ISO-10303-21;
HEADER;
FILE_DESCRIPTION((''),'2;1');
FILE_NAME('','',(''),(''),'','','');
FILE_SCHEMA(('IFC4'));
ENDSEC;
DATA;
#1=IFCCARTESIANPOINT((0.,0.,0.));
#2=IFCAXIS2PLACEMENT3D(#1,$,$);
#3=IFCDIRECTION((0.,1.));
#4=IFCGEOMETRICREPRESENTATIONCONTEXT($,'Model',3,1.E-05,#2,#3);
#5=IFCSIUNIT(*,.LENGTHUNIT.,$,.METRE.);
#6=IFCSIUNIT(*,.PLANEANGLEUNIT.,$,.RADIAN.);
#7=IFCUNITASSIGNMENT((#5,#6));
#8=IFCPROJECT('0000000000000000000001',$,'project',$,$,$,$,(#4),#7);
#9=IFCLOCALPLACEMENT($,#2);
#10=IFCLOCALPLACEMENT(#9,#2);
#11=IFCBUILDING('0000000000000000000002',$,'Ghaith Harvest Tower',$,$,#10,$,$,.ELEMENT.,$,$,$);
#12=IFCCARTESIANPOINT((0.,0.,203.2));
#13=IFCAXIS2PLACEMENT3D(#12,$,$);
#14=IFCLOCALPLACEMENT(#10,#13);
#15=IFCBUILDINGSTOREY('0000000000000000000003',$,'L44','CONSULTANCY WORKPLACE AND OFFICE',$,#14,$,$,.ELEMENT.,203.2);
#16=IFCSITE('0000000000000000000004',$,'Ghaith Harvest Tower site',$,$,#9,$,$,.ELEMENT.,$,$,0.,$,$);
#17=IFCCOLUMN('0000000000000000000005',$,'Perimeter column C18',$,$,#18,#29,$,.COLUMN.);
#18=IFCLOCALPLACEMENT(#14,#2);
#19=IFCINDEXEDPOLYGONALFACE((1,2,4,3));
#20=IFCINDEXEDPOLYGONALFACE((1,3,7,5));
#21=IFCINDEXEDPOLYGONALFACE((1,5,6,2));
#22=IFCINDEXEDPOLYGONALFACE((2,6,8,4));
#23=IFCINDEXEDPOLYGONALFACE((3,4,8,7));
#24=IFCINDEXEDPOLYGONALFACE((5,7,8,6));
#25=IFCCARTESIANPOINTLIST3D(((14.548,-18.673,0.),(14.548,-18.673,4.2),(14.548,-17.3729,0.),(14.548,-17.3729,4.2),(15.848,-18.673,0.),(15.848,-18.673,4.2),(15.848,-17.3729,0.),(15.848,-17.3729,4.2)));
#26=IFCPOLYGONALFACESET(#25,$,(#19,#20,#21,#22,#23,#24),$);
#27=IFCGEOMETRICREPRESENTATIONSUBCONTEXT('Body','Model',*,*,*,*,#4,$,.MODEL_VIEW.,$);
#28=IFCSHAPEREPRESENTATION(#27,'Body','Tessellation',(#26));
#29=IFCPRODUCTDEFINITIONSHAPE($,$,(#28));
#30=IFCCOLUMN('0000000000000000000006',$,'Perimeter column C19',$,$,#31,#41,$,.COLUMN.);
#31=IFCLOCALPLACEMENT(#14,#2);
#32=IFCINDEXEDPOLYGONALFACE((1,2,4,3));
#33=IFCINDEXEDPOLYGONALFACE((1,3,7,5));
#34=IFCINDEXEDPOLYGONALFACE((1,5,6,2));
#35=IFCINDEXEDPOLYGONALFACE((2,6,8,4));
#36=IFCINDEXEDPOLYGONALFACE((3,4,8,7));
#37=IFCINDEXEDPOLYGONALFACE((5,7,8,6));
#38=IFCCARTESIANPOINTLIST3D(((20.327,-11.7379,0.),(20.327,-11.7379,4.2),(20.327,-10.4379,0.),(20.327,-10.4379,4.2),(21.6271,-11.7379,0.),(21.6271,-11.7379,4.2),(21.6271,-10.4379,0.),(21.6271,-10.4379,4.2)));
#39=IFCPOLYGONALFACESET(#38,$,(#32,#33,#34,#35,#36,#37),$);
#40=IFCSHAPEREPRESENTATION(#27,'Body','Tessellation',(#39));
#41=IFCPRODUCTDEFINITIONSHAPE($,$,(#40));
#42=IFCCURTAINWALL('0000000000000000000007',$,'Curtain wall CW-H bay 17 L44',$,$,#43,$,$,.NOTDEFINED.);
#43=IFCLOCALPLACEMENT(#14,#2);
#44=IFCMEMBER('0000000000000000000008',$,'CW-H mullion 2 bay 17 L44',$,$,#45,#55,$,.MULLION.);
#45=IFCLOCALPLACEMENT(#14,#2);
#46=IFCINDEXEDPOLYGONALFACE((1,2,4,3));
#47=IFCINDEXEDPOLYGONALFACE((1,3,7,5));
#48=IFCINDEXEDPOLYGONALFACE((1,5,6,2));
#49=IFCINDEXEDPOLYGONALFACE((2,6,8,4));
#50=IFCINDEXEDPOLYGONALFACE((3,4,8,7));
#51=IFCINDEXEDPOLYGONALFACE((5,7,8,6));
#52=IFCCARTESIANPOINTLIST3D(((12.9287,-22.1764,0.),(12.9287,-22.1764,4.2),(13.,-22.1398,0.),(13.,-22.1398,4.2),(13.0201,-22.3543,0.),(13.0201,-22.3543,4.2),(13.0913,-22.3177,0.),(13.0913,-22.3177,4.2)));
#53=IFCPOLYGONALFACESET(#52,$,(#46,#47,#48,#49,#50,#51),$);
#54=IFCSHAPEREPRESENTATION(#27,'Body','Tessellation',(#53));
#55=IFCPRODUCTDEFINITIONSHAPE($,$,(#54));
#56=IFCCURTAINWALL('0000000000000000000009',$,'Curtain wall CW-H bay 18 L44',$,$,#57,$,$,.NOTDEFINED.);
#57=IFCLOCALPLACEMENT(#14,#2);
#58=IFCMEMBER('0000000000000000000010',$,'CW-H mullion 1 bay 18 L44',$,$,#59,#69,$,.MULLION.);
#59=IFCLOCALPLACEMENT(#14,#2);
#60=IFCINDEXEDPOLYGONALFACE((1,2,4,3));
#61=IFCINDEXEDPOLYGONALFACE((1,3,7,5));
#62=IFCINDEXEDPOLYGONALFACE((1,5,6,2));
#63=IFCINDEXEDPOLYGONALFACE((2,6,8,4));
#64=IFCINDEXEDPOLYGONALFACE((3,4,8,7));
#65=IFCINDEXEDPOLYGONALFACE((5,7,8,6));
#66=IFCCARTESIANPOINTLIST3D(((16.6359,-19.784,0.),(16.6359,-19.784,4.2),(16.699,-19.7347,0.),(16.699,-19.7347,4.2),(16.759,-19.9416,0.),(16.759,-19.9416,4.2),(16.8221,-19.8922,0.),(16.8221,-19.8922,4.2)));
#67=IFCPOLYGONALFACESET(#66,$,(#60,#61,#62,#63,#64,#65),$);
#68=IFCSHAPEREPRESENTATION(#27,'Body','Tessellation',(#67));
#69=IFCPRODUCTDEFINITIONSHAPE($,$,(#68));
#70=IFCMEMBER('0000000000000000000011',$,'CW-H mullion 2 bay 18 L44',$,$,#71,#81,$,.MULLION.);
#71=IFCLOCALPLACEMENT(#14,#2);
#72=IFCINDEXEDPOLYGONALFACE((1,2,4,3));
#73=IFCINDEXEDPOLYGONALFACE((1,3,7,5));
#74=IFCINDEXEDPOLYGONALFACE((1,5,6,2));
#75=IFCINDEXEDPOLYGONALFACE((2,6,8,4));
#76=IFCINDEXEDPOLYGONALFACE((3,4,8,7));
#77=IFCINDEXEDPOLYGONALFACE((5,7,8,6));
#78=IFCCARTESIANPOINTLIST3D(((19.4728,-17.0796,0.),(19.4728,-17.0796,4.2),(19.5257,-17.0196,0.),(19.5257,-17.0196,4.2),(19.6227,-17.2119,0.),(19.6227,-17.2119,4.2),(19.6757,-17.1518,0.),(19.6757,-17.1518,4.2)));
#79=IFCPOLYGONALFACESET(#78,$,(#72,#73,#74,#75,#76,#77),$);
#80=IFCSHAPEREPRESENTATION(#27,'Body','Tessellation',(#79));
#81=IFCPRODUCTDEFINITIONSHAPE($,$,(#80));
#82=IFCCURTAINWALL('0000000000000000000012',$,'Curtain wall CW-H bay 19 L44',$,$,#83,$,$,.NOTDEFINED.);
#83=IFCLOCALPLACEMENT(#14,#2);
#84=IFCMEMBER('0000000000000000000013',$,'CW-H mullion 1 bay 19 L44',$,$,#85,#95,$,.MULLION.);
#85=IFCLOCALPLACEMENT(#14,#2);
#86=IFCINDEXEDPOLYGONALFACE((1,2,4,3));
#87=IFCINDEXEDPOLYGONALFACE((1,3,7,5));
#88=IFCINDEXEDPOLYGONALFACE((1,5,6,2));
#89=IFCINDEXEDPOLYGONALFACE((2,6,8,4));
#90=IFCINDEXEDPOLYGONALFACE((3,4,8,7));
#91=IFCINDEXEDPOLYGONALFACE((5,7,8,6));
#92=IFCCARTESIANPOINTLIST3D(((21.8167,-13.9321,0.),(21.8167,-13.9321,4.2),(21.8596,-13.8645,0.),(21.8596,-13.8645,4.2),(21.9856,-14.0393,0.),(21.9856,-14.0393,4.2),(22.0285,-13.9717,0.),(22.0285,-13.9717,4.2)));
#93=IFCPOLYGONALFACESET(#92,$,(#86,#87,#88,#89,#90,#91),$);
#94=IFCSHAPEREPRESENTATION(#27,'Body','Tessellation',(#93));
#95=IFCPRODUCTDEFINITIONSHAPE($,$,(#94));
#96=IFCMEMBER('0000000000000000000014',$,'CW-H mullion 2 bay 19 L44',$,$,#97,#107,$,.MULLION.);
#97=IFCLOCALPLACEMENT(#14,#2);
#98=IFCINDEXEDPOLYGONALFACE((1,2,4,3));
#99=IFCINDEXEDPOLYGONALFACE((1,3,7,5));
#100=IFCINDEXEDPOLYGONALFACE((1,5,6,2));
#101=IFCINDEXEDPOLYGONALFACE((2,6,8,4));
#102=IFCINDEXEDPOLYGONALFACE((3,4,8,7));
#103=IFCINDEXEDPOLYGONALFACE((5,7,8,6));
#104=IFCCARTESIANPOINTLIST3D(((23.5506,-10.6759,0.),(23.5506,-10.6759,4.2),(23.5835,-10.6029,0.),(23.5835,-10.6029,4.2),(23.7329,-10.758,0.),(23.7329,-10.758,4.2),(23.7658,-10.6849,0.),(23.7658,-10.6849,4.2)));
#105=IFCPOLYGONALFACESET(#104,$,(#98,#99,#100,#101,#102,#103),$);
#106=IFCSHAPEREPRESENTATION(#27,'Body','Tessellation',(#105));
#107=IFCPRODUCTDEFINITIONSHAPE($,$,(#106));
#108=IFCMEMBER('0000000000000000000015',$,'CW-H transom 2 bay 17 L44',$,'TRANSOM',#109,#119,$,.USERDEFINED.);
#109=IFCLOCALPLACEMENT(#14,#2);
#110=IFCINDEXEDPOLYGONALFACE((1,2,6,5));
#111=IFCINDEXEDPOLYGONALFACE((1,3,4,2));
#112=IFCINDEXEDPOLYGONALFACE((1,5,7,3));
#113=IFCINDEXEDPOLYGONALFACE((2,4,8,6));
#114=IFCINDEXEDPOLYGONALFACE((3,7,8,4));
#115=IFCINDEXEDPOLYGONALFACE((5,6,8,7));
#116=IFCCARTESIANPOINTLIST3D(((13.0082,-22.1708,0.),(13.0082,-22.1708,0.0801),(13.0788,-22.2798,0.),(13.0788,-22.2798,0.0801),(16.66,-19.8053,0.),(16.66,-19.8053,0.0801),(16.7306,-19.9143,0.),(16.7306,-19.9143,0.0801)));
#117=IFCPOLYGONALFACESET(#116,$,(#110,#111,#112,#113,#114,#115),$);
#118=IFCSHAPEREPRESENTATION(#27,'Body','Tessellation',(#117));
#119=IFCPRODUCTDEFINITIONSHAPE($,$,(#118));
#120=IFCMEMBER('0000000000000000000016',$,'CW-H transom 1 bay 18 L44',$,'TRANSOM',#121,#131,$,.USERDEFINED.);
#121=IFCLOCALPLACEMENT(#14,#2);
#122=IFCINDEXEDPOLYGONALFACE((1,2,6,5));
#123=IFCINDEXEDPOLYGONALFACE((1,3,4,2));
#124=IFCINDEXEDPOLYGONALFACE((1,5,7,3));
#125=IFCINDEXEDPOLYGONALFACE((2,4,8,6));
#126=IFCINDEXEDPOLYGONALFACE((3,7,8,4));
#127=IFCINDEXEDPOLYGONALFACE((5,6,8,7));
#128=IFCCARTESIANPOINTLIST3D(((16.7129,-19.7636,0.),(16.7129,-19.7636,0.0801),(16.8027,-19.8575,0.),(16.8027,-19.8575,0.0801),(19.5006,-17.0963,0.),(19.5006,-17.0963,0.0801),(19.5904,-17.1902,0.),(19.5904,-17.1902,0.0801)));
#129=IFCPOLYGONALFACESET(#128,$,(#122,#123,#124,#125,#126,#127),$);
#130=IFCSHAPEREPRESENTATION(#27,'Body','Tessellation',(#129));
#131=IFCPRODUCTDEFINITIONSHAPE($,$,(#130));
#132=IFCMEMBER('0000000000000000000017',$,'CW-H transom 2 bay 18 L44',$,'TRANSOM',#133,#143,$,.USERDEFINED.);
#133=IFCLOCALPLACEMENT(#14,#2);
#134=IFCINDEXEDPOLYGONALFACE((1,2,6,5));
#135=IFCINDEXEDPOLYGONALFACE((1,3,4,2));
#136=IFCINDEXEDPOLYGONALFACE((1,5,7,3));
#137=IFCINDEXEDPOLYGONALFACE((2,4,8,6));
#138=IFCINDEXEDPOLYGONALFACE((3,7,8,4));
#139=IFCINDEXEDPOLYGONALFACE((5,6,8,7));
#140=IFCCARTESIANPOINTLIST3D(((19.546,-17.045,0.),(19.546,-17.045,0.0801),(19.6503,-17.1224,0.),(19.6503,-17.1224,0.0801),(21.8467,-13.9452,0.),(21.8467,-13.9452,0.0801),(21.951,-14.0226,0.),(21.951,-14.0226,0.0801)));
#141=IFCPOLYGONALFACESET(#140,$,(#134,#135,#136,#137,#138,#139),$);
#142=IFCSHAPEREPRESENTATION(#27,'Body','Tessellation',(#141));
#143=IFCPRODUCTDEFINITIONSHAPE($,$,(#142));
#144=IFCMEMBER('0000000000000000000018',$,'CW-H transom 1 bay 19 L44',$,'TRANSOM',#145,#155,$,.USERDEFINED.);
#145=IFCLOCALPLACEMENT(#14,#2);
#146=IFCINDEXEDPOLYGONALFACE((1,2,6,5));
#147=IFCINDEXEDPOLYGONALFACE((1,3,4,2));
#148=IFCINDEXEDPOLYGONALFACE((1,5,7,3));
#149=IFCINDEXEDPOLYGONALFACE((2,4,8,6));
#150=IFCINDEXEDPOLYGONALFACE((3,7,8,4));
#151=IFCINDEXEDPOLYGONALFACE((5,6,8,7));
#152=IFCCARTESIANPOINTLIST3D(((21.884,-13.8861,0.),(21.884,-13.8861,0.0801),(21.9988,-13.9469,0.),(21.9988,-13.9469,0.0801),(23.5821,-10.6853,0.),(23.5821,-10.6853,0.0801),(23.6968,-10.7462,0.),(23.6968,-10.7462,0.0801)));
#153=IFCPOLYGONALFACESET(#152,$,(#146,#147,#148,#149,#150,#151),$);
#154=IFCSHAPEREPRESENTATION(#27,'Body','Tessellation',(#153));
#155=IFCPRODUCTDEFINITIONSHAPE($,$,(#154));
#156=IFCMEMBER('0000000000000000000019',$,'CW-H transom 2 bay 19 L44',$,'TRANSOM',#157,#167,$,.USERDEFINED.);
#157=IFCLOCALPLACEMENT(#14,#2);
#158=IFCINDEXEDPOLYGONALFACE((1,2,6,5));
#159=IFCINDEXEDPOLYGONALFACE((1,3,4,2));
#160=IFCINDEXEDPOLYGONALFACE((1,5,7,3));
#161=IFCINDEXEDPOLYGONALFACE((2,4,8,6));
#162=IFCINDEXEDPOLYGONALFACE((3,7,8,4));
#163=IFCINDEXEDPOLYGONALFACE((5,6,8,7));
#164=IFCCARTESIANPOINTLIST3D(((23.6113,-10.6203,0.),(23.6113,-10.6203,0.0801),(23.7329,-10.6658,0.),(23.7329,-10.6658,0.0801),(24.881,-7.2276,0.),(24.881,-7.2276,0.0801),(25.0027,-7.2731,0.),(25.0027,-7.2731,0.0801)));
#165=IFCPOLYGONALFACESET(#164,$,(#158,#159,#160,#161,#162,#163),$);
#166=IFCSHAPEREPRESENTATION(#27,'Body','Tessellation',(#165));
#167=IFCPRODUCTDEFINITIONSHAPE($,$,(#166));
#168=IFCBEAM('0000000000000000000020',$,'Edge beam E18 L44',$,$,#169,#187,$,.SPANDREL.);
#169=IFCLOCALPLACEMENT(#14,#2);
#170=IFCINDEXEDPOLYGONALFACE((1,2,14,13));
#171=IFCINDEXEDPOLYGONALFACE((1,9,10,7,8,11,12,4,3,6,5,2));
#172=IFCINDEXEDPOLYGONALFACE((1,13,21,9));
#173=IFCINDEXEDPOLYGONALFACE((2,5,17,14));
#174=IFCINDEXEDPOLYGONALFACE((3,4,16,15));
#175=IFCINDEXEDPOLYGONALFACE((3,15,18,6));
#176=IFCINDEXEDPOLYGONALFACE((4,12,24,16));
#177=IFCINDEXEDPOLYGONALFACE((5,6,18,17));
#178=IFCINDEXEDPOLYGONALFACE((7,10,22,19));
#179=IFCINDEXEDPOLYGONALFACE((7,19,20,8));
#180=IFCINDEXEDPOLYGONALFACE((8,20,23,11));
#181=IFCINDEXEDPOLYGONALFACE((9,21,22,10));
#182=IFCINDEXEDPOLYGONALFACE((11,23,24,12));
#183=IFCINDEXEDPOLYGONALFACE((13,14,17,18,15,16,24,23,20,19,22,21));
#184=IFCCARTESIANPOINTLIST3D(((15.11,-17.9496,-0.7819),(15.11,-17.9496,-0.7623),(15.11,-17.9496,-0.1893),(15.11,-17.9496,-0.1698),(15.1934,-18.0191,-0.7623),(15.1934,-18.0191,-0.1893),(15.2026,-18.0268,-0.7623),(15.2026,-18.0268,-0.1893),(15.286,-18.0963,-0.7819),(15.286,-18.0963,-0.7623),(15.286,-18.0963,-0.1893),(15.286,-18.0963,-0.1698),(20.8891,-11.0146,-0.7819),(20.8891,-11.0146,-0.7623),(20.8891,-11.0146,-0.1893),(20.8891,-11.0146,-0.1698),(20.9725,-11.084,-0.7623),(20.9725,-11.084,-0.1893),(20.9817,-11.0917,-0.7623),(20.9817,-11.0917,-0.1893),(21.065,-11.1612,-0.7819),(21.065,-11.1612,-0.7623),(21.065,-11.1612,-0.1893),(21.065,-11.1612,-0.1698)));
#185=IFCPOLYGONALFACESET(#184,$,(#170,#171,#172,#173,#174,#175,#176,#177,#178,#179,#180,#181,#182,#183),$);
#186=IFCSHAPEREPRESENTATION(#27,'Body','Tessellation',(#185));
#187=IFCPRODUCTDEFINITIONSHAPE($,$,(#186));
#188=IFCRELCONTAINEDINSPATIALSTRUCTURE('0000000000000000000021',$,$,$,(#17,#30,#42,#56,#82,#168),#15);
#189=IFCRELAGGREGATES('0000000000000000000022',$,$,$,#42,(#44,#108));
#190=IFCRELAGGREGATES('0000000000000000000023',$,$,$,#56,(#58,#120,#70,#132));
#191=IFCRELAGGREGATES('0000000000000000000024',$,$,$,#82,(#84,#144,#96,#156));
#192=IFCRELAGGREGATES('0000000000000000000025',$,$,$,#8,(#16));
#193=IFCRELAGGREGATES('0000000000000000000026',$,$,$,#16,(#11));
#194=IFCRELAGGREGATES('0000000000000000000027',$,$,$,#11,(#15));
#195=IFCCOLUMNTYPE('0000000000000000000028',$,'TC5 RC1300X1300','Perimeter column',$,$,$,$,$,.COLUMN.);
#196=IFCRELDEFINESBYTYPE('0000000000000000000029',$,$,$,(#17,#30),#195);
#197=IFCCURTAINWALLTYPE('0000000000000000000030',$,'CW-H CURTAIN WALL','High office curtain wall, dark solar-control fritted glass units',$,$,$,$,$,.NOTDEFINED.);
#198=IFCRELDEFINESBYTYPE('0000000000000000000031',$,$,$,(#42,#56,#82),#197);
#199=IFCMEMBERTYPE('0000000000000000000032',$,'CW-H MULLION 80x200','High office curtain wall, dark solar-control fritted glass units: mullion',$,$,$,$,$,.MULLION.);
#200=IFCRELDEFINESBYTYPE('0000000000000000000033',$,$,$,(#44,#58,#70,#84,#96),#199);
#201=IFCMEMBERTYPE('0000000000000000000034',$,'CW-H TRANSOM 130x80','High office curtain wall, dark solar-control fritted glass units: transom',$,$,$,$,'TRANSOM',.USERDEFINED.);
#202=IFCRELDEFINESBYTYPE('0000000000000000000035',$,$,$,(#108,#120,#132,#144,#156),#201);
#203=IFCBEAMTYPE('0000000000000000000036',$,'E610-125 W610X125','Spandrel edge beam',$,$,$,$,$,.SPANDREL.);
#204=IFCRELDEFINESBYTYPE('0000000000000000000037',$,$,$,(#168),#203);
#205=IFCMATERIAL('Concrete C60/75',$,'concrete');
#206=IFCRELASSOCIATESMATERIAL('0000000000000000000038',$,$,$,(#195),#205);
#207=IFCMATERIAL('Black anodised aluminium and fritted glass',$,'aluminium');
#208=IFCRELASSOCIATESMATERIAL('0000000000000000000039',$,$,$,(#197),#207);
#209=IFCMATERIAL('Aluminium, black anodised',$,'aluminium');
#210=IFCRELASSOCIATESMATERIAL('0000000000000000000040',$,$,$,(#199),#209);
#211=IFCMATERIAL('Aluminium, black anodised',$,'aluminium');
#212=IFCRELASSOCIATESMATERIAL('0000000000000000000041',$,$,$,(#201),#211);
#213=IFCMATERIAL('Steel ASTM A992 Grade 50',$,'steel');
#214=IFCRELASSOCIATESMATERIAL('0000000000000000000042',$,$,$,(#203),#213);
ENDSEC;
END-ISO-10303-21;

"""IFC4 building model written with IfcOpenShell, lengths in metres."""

from ifc_helpers import new_model, si_unit, direction, frame, origin, origin_2d, place, context, subcontext, project, spatial, rectangle, i_section, extrude, material, material_profile, profile_set, type_object, element, aggregate, save


model = new_model("IFC4")

# Units and contexts
model_context = context("Model", 3, precision=1e-05, world=origin(), true_north=direction((0.0, 1.0)))
body_context = subcontext(model_context, "Body", "Model", "MODEL_VIEW")
ifc_project = project(units=[si_unit("LENGTHUNIT", "METRE"), si_unit("PLANEANGLEUNIT", "RADIAN")], contexts=[model_context])

# Site, building, storey
site_placement = place(None, origin())
site = spatial("IfcSite", under=ifc_project, at=site_placement, Name="Ghaith Harvest Tower site", CompositionType="ELEMENT", RefElevation=0.0)
building_placement = place(site_placement, origin())
building = spatial("IfcBuilding", under=site, at=building_placement, Name="Ghaith Harvest Tower", CompositionType="ELEMENT")
storey_placement = place(building_placement, frame((0.0, 0.0, 203.2)))
storey = spatial("IfcBuildingStorey", under=building, at=storey_placement, Name="L44", Description="CONSULTANCY WORKPLACE AND OFFICE", CompositionType="ELEMENT", Elevation=203.2)

# Columns
ifc_material_1 = material(Name="Concrete C60/75", Category="concrete")
ifc_material_profile_1 = material_profile(ifc_material_1, rectangle(XDim=1.3, YDim=1.3, at=origin_2d()), Name="RC1300X1300")
ifc_profile_set_1 = profile_set([ifc_material_profile_1], Name="Concrete C60/75")
column_type = type_object("IfcColumnType", Name="TC5 RC1300X1300", Description="Perimeter column", PredefinedType="COLUMN", material=ifc_profile_set_1)
for number, where, z_axis, x_axis, name in (
    (1, (15.198, -18.0229, 0.0), (0.0, 0.0, 1.0), (1.0, 0.0, 0.0), "Perimeter column C18"),
    (2, (20.9771, -11.0879, 0.0), (0.0, 0.0, 1.0), (1.0, 0.0, 0.0), "Perimeter column C19"),
):
    element("IfcColumn", number, at=place(storey_placement, frame(where, z_axis=z_axis, x_axis=x_axis)), inside=storey, type_object=column_type, Name=name, PredefinedType="COLUMN", context=body_context, shape_type="SweptSolid", body=[
        extrude(rectangle(XDim=1.3, YDim=1.3, at=origin_2d()), origin(), (0.0, 0.0, 1.0), 4.2),
    ])

# Curtain wall, member
ifc_material_2 = material(Name="Black anodised aluminium and fritted glass", Category="aluminium")
curtain_wall_type = type_object("IfcCurtainWallType", Name="CW-H CURTAIN WALL", Description="High office curtain wall, dark solar-control fritted glass units", PredefinedType="NOTDEFINED", material=ifc_material_2)
curtain_wall_1_placement = place(storey_placement, origin())
curtain_wall_1 = element("IfcCurtainWall", 3, at=curtain_wall_1_placement, inside=storey, type_object=curtain_wall_type, Name="Curtain wall CW-H bay 17 L44", PredefinedType="NOTDEFINED")
ifc_material_3 = material(Name="Aluminium, black anodised", Category="aluminium")
ifc_material_profile_2 = material_profile(ifc_material_3, rectangle(XDim=0.0801, YDim=0.2, at=origin_2d()), Name="CW-H MULLION 80x200")
ifc_profile_set_2 = profile_set([ifc_material_profile_2], Name="Aluminium, black anodised")
member_type_1 = type_object("IfcMemberType", Name="CW-H MULLION 80x200", Description="High office curtain wall, dark solar-control fritted glass units: mullion", PredefinedType="MULLION", material=ifc_profile_set_2)
member_1_placement = place(storey_placement, frame((13.01, -22.2471, 0.0), z_axis=(0.0, 0.0, 1.0), x_axis=(0.889568, 0.456802, 0.0)))
member_1 = element("IfcMember", 4, at=member_1_placement, type_object=member_type_1, Name="CW-H mullion 2 bay 17 L44", PredefinedType="MULLION", context=body_context, shape_type="SweptSolid", body=[
    extrude(rectangle(XDim=0.0801, YDim=0.2, at=origin_2d()), origin(), (0.0, 0.0, 1.0), 4.2),
])

# Curtain walls, members
curtain_wall_2_placement = place(storey_placement, origin())
curtain_wall_2 = element("IfcCurtainWall", 5, at=curtain_wall_2_placement, inside=storey, type_object=curtain_wall_type, Name="Curtain wall CW-H bay 18 L44", PredefinedType="NOTDEFINED")
member_2_placement = place(storey_placement, frame((16.729, -19.8381, 0.0), z_axis=(0.0, 0.0, 1.0), x_axis=(0.787846, 0.615873, 0.0)))
member_2 = element("IfcMember", 6, at=member_2_placement, type_object=member_type_1, Name="CW-H mullion 1 bay 18 L44", PredefinedType="MULLION", context=body_context, shape_type="SweptSolid", body=[
    extrude(rectangle(XDim=0.0801, YDim=0.2, at=origin_2d()), origin(), (0.0, 0.0, 1.0), 4.2),
])
member_3_placement = place(storey_placement, frame((19.5742, -17.1157, 0.0), z_axis=(0.0, 0.0, 1.0), x_axis=(0.661615, 0.749844, 0.0)))
member_3 = element("IfcMember", 7, at=member_3_placement, type_object=member_type_1, Name="CW-H mullion 2 bay 18 L44", PredefinedType="MULLION", context=body_context, shape_type="SweptSolid", body=[
    extrude(rectangle(XDim=0.0801, YDim=0.2, at=origin_2d()), origin(), (0.0, 0.0, 1.0), 4.2),
])
curtain_wall_3_placement = place(storey_placement, origin())
curtain_wall_3 = element("IfcCurtainWall", 8, at=curtain_wall_3_placement, inside=storey, type_object=curtain_wall_type, Name="Curtain wall CW-H bay 19 L44", PredefinedType="NOTDEFINED")
member_4_placement = place(storey_placement, frame((21.9226, -13.9519, 0.0), z_axis=(0.0, 0.0, 1.0), x_axis=(0.535827, 0.844328, 0.0)))
member_4 = element("IfcMember", 9, at=member_4_placement, type_object=member_type_1, Name="CW-H mullion 1 bay 19 L44", PredefinedType="MULLION", context=body_context, shape_type="SweptSolid", body=[
    extrude(rectangle(XDim=0.0801, YDim=0.2, at=origin_2d()), origin(), (0.0, 0.0, 1.0), 4.2),
])
member_5_placement = place(storey_placement, frame((23.6582, -10.6804, 0.0), z_axis=(0.0, 0.0, 1.0), x_axis=(0.41043, 0.911892, 0.0)))
member_5 = element("IfcMember", 10, at=member_5_placement, type_object=member_type_1, Name="CW-H mullion 2 bay 19 L44", PredefinedType="MULLION", context=body_context, shape_type="SweptSolid", body=[
    extrude(rectangle(XDim=0.0801, YDim=0.2, at=origin_2d()), origin(), (0.0, 0.0, 1.0), 4.2),
])

# Members
ifc_material_4 = material(Name="Aluminium, black anodised", Category="aluminium")
ifc_material_profile_3 = material_profile(ifc_material_4, rectangle(XDim=0.1299, YDim=0.0801, at=origin_2d()), Name="CW-H TRANSOM 130x80")
ifc_profile_set_3 = profile_set([ifc_material_profile_3], Name="Aluminium, black anodised")
member_type_2 = type_object("IfcMemberType", Name="CW-H TRANSOM 130x80", Description="High office curtain wall, dark solar-control fritted glass units: transom", ElementType="TRANSOM", PredefinedType="USERDEFINED", material=ifc_profile_set_3)
member_6_placement = place(storey_placement, frame((13.0435, -22.2253, 0.04), z_axis=(0.839307, 0.543658, 0.0), x_axis=(-0.543658, 0.839307, 0.0)))
member_6 = element("IfcMember", 11, at=member_6_placement, type_object=member_type_2, Name="CW-H transom 2 bay 17 L44", ObjectType="TRANSOM", PredefinedType="USERDEFINED", context=body_context, shape_type="SweptSolid", body=[
    extrude(rectangle(XDim=0.1299, YDim=0.0801, at=origin_2d()), origin(), (0.0, 0.0, 1.0), 4.3511),
])
member_7_placement = place(storey_placement, frame((16.7578, -19.8105, 0.04), z_axis=(0.722533, 0.691336, 0.0), x_axis=(-0.691336, 0.722533, 0.0)))
member_7 = element("IfcMember", 12, at=member_7_placement, type_object=member_type_2, Name="CW-H transom 1 bay 18 L44", ObjectType="TRANSOM", PredefinedType="USERDEFINED", context=body_context, shape_type="SweptSolid", body=[
    extrude(rectangle(XDim=0.1299, YDim=0.0801, at=origin_2d()), origin(), (0.0, 0.0, 1.0), 3.8582),
])
member_8_placement = place(storey_placement, frame((19.5981, -17.0837, 0.04), z_axis=(0.595996, 0.802988, 0.0), x_axis=(-0.802988, 0.595996, 0.0)))
member_8 = element("IfcMember", 13, at=member_8_placement, type_object=member_type_2, Name="CW-H transom 2 bay 18 L44", ObjectType="TRANSOM", PredefinedType="USERDEFINED", context=body_context, shape_type="SweptSolid", body=[
    extrude(rectangle(XDim=0.1299, YDim=0.0801, at=origin_2d()), origin(), (0.0, 0.0, 1.0), 3.8604),
])
member_9_placement = place(storey_placement, frame((21.9414, -13.9165, 0.04), z_axis=(0.468646, 0.883386, 0.0), x_axis=(-0.883386, 0.468646, 0.0)))
member_9 = element("IfcMember", 14, at=member_9_placement, type_object=member_type_2, Name="CW-H transom 1 bay 19 L44", ObjectType="TRANSOM", PredefinedType="USERDEFINED", context=body_context, shape_type="SweptSolid", body=[
    extrude(rectangle(XDim=0.1299, YDim=0.0801, at=origin_2d()), origin(), (0.0, 0.0, 1.0), 3.6233),
])
member_10_placement = place(storey_placement, frame((23.6721, -10.6431, 0.04), z_axis=(0.35051, 0.936559, 0.0), x_axis=(-0.936559, 0.35051, 0.0)))
member_10 = element("IfcMember", 15, at=member_10_placement, type_object=member_type_2, Name="CW-H transom 2 bay 19 L44", ObjectType="TRANSOM", PredefinedType="USERDEFINED", context=body_context, shape_type="SweptSolid", body=[
    extrude(rectangle(XDim=0.1299, YDim=0.0801, at=origin_2d()), origin(), (0.0, 0.0, 1.0), 3.6226),
])

# Beam
ifc_material_5 = material(Name="Steel ASTM A992 Grade 50", Category="steel")
ifc_material_profile_4 = material_profile(ifc_material_5, i_section(OverallWidth=0.229, OverallDepth=0.6121, WebThickness=0.012, FlangeThickness=0.0195, at=origin_2d()), Name="W610X125")
ifc_profile_set_4 = profile_set([ifc_material_profile_4], Name="Steel ASTM A992 Grade 50")
beam_type_1 = type_object("IfcBeamType", Name="E610-125 W610X125", Description="Spandrel edge beam", PredefinedType="SPANDREL", material=ifc_profile_set_4)
beam_1_placement = place(storey_placement, frame((15.198, -18.0229, -0.4758), z_axis=(0.640174, 0.76823, 0.0), x_axis=(-0.76823, 0.640174, 0.0)))
element("IfcBeam", 16, at=beam_1_placement, inside=storey, type_object=beam_type_1, Name="Edge beam E18 L44", PredefinedType="SPANDREL", context=body_context, shape_type="SweptSolid", body=[
    extrude(i_section(OverallWidth=0.229, OverallDepth=0.6121, WebThickness=0.012, FlangeThickness=0.0195, at=origin_2d()), origin(), (0.0, 0.0, 1.0), 9.0273),
])

aggregate(curtain_wall_1, [member_1, member_6])
aggregate(curtain_wall_2, [member_2, member_7, member_3, member_8])
aggregate(curtain_wall_3, [member_4, member_9, member_5, member_10])

save(model, "model.ifc")
